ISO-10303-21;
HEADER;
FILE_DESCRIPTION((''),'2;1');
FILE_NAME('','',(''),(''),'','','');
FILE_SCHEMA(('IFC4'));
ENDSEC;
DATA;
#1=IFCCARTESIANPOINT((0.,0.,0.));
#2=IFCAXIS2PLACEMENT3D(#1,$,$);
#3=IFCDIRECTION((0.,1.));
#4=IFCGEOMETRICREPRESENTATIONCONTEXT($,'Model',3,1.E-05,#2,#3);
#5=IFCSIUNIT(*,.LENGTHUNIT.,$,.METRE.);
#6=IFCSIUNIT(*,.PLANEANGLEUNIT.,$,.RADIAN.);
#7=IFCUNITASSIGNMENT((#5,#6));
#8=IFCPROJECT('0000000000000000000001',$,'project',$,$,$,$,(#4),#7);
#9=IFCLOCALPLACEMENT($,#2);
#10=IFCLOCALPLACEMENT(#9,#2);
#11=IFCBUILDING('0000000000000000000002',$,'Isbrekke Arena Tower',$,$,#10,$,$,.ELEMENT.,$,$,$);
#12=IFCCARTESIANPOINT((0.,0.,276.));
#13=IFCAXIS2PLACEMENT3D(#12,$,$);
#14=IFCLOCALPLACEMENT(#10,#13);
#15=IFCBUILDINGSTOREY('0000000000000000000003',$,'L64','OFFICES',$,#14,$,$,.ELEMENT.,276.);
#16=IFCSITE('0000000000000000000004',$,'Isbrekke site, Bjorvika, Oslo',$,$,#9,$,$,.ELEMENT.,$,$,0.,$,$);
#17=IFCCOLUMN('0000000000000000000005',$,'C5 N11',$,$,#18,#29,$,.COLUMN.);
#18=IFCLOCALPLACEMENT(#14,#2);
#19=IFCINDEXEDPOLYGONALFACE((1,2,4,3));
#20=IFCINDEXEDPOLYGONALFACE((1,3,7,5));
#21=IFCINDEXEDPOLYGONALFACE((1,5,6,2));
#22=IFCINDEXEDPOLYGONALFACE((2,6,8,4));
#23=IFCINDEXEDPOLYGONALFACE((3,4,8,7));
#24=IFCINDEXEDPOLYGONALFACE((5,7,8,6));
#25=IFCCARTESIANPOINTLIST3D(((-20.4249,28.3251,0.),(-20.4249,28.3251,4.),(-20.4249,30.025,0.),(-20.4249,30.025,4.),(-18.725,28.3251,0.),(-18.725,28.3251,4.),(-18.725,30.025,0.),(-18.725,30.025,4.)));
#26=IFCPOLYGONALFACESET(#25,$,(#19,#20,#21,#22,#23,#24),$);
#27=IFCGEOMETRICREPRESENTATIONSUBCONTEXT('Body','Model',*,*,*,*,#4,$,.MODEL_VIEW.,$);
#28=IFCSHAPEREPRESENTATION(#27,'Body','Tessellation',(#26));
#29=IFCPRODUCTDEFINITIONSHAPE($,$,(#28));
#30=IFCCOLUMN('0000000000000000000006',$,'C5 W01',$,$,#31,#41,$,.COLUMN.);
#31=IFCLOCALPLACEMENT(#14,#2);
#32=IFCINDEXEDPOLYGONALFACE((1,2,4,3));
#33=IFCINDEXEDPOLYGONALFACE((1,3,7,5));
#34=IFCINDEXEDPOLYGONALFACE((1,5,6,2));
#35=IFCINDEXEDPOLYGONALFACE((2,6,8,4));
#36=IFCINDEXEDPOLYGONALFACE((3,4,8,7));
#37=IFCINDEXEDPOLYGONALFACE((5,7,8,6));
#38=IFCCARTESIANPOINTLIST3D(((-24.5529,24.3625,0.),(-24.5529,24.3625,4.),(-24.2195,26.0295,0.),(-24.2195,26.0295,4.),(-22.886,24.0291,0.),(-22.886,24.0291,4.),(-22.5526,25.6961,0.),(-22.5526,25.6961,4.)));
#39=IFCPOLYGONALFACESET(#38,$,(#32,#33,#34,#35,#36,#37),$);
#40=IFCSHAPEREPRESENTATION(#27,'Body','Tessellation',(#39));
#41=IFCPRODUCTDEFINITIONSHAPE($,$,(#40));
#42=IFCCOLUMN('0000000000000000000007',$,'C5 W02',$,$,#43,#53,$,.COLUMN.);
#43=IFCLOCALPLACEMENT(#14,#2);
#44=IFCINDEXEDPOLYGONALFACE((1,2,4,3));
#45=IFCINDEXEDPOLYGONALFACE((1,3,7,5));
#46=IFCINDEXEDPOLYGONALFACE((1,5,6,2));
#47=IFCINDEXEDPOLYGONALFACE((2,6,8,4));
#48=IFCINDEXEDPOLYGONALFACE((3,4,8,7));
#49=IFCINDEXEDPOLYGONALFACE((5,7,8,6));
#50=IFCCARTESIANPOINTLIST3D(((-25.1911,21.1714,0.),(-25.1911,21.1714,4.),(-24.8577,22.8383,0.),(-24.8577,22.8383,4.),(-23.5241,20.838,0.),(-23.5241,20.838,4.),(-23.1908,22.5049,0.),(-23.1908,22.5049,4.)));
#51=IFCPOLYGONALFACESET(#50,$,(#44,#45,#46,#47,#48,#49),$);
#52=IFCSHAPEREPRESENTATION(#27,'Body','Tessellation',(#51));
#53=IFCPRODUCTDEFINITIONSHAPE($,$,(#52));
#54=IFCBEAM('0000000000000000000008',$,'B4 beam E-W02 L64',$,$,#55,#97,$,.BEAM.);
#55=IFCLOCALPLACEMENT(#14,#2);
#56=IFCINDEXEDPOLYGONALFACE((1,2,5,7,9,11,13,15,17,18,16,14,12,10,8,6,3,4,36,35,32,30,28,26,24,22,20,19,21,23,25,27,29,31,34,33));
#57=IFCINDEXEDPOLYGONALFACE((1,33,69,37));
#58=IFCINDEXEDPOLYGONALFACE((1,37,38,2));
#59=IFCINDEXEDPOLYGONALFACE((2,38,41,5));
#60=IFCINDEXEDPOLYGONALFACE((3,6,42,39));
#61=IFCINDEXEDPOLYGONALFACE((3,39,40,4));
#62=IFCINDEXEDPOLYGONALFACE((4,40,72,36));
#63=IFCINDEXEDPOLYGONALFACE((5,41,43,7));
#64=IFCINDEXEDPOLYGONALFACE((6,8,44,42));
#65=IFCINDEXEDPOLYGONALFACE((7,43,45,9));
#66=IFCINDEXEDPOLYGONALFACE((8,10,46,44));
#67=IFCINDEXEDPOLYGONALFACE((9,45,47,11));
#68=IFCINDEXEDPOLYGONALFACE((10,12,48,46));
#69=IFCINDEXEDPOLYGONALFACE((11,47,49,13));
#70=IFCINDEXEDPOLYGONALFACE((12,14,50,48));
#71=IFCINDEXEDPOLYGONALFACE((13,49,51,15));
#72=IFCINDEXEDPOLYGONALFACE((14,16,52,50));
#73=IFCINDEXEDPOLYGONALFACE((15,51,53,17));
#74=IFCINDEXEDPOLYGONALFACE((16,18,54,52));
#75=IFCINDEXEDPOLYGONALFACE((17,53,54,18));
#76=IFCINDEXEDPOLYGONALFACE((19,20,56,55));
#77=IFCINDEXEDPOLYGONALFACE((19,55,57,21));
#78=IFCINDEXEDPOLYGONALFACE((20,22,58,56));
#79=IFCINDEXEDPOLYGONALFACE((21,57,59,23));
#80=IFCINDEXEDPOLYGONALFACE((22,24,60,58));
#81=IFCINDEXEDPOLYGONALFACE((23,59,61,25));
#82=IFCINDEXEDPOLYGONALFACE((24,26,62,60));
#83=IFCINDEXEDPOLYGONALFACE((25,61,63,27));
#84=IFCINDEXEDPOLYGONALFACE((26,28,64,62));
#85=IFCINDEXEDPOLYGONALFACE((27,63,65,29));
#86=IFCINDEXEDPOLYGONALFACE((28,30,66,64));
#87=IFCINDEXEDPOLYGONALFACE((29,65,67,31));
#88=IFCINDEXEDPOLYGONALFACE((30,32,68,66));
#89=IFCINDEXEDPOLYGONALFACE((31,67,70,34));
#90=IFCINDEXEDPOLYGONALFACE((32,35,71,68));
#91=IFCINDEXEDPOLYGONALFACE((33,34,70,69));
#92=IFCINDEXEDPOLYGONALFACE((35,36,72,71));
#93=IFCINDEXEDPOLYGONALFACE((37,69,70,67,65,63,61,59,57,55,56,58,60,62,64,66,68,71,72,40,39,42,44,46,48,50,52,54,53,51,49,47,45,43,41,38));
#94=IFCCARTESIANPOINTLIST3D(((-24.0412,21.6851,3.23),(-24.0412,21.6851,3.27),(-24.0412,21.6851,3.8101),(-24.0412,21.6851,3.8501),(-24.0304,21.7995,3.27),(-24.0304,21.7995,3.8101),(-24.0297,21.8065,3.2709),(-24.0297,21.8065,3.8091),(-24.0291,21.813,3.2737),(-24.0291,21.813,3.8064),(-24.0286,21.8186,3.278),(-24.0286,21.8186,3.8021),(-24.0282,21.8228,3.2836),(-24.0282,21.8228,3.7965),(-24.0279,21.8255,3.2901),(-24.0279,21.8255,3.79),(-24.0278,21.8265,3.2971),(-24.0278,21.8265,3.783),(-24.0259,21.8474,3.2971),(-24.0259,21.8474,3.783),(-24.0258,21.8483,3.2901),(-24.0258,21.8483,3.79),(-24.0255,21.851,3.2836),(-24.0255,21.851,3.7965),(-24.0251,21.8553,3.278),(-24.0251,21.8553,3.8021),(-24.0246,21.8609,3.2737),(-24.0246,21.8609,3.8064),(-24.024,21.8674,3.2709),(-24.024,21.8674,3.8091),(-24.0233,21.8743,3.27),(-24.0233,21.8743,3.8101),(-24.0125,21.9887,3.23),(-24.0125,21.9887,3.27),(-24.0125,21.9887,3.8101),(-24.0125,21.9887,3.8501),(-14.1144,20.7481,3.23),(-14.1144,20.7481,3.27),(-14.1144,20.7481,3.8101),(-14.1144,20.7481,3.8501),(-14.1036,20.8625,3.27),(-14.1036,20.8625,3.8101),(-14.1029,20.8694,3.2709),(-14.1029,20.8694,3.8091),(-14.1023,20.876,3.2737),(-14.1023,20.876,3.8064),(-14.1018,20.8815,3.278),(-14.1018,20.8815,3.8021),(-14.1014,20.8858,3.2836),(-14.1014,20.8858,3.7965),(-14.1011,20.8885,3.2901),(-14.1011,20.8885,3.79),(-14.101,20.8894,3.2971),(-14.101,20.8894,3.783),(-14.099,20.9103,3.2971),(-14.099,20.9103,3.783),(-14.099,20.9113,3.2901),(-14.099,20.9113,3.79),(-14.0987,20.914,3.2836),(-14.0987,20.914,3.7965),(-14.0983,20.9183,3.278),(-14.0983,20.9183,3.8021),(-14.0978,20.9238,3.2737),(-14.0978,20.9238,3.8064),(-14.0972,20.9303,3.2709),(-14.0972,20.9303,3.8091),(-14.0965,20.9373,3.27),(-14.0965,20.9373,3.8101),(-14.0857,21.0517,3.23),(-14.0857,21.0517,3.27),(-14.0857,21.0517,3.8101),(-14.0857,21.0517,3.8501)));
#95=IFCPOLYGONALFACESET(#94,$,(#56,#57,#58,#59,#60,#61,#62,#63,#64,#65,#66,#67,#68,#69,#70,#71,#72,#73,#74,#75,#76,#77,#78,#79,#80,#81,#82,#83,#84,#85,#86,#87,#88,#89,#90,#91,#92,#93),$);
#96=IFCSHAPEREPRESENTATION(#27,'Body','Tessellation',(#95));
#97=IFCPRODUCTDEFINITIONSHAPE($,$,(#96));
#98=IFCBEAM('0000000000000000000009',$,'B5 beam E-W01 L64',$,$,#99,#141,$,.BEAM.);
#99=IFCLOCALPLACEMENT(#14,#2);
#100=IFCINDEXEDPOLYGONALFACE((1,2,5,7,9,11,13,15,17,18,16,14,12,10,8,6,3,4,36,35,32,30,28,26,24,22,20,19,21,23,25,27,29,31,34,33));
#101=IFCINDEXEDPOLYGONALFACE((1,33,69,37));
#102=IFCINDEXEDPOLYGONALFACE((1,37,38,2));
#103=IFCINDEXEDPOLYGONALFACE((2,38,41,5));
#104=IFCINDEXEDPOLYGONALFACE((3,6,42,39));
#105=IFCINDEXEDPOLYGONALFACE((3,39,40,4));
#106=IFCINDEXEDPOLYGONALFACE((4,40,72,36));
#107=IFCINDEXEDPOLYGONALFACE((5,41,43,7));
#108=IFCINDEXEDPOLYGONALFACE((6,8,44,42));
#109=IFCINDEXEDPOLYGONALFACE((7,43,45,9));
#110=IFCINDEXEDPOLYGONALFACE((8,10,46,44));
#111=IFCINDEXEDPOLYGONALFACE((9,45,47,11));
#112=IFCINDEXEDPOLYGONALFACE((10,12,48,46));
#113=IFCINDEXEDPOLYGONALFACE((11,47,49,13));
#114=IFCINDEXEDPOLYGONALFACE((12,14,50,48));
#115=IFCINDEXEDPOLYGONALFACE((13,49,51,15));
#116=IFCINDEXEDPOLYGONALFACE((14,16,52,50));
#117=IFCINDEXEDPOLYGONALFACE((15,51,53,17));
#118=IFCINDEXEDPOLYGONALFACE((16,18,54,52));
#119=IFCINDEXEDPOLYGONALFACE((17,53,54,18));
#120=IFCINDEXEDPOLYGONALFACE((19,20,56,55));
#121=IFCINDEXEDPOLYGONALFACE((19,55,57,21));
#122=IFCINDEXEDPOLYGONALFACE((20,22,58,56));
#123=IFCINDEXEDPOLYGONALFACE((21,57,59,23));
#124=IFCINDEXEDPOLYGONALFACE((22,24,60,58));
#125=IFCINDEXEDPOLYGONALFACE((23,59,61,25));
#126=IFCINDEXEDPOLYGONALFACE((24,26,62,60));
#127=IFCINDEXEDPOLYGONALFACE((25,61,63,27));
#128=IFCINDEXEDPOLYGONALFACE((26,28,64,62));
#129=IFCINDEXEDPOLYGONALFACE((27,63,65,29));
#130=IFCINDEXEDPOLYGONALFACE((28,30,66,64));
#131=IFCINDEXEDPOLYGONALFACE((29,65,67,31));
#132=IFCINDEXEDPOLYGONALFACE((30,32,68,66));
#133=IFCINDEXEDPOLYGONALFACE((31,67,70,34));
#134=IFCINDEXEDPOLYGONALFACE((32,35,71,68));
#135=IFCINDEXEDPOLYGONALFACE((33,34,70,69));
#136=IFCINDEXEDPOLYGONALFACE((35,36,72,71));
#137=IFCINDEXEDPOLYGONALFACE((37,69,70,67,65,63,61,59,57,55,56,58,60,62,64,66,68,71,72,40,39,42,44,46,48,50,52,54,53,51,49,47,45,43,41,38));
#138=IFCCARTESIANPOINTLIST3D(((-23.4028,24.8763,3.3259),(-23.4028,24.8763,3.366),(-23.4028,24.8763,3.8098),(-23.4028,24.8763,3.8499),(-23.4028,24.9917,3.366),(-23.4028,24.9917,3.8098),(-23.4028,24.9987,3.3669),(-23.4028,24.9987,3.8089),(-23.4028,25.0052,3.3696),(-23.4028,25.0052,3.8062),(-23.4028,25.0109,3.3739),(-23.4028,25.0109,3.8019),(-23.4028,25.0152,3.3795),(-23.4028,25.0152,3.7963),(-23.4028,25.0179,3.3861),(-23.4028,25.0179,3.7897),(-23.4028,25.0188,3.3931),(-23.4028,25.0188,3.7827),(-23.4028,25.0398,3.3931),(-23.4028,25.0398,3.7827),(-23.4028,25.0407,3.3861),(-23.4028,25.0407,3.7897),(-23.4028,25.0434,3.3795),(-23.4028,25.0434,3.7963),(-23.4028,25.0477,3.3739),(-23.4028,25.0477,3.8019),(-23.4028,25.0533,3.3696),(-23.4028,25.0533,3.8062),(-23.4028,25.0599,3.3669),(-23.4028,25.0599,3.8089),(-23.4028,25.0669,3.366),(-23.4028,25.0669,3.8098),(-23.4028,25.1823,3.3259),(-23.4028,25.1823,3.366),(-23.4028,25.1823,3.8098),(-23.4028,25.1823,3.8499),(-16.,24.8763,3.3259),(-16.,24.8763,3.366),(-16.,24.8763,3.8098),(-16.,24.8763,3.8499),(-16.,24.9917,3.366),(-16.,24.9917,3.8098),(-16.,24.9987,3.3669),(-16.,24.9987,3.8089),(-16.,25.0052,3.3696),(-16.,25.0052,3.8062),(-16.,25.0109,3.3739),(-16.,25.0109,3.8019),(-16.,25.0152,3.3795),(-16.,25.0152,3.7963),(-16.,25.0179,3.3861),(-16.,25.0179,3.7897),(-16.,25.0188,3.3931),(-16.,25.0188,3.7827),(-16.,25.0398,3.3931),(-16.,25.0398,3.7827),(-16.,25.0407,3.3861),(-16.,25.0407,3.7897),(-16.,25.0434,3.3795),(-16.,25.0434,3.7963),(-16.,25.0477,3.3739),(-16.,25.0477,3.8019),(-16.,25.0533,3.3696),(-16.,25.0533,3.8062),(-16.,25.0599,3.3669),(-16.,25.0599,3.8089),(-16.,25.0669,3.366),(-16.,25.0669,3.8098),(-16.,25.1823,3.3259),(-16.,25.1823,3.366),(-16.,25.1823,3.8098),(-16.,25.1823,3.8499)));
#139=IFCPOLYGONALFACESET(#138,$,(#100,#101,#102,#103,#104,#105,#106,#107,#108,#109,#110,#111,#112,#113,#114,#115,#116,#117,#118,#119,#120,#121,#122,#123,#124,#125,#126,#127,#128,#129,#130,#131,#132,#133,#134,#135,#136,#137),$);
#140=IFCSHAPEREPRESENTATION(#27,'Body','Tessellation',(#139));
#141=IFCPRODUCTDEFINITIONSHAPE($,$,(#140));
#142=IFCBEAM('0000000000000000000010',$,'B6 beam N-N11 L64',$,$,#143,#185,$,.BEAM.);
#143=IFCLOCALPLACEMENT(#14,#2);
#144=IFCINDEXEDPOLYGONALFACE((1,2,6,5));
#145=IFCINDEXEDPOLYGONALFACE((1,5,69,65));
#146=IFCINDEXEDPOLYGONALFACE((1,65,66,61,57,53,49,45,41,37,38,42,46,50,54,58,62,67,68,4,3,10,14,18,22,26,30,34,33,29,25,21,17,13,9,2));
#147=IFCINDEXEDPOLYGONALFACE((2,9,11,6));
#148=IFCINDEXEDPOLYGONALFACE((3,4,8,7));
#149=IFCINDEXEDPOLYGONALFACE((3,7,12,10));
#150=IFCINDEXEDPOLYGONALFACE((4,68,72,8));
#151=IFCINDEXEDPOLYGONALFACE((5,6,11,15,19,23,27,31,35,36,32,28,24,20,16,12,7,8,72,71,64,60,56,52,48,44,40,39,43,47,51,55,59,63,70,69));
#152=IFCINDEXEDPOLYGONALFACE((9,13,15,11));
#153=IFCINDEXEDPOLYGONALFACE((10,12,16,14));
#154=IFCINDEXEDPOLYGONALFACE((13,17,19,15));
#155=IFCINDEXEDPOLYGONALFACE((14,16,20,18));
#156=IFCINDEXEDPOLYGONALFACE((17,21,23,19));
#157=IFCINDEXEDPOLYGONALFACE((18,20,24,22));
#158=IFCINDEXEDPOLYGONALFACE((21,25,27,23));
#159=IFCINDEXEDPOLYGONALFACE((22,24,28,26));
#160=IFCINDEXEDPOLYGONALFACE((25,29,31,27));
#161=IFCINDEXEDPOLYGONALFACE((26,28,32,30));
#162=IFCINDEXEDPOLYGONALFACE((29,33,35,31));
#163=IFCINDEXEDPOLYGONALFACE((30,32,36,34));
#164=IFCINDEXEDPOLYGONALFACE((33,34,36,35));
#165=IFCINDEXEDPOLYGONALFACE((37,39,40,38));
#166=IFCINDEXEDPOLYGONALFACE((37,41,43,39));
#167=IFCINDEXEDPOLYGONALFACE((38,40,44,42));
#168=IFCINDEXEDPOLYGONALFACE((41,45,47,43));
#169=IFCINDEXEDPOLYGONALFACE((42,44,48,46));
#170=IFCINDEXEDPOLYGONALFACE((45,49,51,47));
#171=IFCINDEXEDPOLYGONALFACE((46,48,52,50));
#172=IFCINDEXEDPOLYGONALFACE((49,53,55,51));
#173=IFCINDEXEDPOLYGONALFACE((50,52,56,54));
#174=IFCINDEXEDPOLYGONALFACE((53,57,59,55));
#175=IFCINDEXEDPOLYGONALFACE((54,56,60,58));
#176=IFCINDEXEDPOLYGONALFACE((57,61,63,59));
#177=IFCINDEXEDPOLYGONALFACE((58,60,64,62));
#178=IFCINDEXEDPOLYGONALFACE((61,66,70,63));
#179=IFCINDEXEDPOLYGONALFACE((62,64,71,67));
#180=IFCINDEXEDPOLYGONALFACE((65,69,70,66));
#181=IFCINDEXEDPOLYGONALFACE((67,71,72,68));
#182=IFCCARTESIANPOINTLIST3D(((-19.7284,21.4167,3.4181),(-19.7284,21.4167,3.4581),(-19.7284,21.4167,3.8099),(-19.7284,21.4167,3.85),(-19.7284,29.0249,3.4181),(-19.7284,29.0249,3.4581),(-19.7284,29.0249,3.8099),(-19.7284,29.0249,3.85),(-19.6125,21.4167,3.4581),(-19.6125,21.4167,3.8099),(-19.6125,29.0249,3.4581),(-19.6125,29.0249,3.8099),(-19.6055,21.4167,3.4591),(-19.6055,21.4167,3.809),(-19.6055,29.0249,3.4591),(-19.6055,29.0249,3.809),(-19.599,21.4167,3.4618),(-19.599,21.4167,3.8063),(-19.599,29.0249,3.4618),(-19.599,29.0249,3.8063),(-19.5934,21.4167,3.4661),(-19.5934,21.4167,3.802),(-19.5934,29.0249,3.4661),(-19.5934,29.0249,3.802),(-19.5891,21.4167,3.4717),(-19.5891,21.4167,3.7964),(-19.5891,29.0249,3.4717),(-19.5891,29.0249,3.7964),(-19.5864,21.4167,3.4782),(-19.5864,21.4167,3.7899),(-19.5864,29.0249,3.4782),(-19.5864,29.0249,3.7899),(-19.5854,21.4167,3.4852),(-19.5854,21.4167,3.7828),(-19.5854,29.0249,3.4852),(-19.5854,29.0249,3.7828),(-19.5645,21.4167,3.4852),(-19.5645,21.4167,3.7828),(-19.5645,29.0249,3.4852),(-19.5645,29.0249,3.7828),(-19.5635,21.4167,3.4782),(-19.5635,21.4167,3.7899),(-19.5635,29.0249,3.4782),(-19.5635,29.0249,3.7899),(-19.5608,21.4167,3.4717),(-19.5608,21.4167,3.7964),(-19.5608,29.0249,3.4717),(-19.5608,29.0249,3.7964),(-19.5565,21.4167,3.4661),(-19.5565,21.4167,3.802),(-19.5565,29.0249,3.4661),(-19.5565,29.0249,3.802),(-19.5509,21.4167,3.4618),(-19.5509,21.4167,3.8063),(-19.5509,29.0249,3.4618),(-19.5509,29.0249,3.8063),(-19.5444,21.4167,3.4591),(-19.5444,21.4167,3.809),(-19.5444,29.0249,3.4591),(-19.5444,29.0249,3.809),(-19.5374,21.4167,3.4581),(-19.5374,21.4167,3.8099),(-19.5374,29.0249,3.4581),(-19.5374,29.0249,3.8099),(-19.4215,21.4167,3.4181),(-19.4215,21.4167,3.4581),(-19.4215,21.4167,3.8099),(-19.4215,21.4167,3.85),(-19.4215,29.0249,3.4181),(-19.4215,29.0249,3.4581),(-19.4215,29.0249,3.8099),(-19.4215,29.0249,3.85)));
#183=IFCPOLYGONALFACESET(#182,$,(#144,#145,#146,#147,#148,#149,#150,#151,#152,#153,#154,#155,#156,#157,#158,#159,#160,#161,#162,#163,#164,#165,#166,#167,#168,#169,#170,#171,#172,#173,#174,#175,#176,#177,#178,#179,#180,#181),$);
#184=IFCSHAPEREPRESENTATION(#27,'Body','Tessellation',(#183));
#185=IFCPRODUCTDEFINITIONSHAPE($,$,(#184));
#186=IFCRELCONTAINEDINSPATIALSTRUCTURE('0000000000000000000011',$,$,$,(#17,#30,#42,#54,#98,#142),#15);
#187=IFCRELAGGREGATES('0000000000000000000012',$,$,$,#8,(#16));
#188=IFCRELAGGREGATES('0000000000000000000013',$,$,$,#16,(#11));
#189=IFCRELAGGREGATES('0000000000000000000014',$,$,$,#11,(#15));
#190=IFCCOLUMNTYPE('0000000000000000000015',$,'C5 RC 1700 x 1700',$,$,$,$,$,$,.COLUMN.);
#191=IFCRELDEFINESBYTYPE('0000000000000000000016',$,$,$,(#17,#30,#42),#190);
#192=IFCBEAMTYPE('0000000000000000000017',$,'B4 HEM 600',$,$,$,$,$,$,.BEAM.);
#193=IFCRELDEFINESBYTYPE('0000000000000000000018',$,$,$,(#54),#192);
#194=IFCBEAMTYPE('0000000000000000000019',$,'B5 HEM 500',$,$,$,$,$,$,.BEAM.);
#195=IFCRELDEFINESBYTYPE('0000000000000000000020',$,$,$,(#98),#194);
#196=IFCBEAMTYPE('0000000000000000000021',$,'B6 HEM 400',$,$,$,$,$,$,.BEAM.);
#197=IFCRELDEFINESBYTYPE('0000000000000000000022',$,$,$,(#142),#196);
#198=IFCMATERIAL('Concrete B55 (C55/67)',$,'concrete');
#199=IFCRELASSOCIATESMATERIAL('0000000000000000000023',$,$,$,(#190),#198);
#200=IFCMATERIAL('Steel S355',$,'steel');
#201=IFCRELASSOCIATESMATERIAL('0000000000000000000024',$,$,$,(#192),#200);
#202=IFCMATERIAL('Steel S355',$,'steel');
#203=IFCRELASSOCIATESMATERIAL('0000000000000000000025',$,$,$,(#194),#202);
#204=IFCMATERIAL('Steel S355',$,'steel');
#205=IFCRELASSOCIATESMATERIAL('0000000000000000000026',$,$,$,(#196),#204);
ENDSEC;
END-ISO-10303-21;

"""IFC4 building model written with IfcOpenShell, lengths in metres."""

from ifc_helpers import new_model, si_unit, direction, frame, origin, origin_2d, place, context, subcontext, project, spatial, rectangle, i_section, extrude, material, material_profile, profile_set, type_object, element, save


model = new_model("IFC4")

# Units and contexts
model_context = context("Model", 3, precision=1e-05, world=origin(), true_north=direction((0.0, 1.0)))
body_context = subcontext(model_context, "Body", "Model", "MODEL_VIEW")
ifc_project = project(units=[si_unit("LENGTHUNIT", "METRE"), si_unit("PLANEANGLEUNIT", "RADIAN")], contexts=[model_context])

# Site, building, storey
site_placement = place(None, origin())
site = spatial("IfcSite", under=ifc_project, at=site_placement, Name="Isbrekke site, Bjorvika, Oslo", CompositionType="ELEMENT", RefElevation=0.0)
building_placement = place(site_placement, origin())
building = spatial("IfcBuilding", under=site, at=building_placement, Name="Isbrekke Arena Tower", CompositionType="ELEMENT")
storey_placement = place(building_placement, frame((0.0, 0.0, 276.0)))
storey = spatial("IfcBuildingStorey", under=building, at=storey_placement, Name="L64", Description="OFFICES", CompositionType="ELEMENT", Elevation=276.0)

# Columns
ifc_material_1 = material(Name="Concrete B55 (C55/67)", Category="concrete")
ifc_material_profile_1 = material_profile(ifc_material_1, rectangle(XDim=1.7, YDim=1.7, at=origin_2d()), Name="RC 1700x1700")
ifc_profile_set_1 = profile_set([ifc_material_profile_1], Name="Concrete B55 (C55/67)")
column_type = type_object("IfcColumnType", Name="C5 RC 1700 x 1700", PredefinedType="COLUMN", material=ifc_profile_set_1)
for number, where, z_axis, x_axis, name in (
    (1, (-19.575, 29.175, 0.0), (0.0, 0.0, 1.0), (-1.0, 0.0, 0.0), "C5 N11"),
    (2, (-23.5527, 25.0293, 0.0), (0.0, 0.0, 1.0), (-0.196116, -0.980581, 0.0), "C5 W01"),
    (3, (-24.1909, 21.8381, 0.0), (0.0, 0.0, 1.0), (-0.196116, -0.980581, 0.0), "C5 W02"),
):
    element("IfcColumn", number, at=place(storey_placement, frame(where, z_axis=z_axis, x_axis=x_axis)), inside=storey, type_object=column_type, Name=name, PredefinedType="COLUMN", context=body_context, shape_type="SweptSolid", body=[
        extrude(rectangle(XDim=1.7, YDim=1.7, at=origin_2d()), origin(), (0.0, 0.0, 1.0), 4.0),
    ])

# Beams
ifc_material_2 = material(Name="Steel S355", Category="steel")
ifc_material_profile_2 = material_profile(ifc_material_2, i_section(OverallWidth=0.3049, OverallDepth=0.6201, WebThickness=0.021, FlangeThickness=0.04, FilletRadius=0.0271, at=origin_2d()), Name="HEM 600")
ifc_profile_set_2 = profile_set([ifc_material_profile_2], Name="Steel S355")
beam_type_1 = type_object("IfcBeamType", Name="B4 HEM 600", PredefinedType="BEAM", material=ifc_profile_set_2)
beam_1_placement = place(storey_placement, frame((-24.0269, 21.8369, 3.54), z_axis=(0.995575, -0.093975, 0.0), x_axis=(0.093975, 0.995575, 0.0)))
element("IfcBeam", 4, at=beam_1_placement, inside=storey, type_object=beam_type_1, Name="B4 beam E-W02 L64", PredefinedType="BEAM", context=body_context, shape_type="SweptSolid", body=[
    extrude(i_section(OverallWidth=0.3049, OverallDepth=0.6201, WebThickness=0.021, FlangeThickness=0.04, FilletRadius=0.0271, at=origin_2d()), origin(), (0.0, 0.0, 1.0), 9.9709),
])
ifc_material_3 = material(Name="Steel S355", Category="steel")
ifc_material_profile_3 = material_profile(ifc_material_3, i_section(OverallWidth=0.3059, OverallDepth=0.5239, WebThickness=0.021, FlangeThickness=0.04, FilletRadius=0.0271, at=origin_2d()), Name="HEM 500")
ifc_profile_set_3 = profile_set([ifc_material_profile_3], Name="Steel S355")
beam_type_2 = type_object("IfcBeamType", Name="B5 HEM 500", PredefinedType="BEAM", material=ifc_profile_set_3)
beam_2_placement = place(storey_placement, frame((-23.4028, 25.0293, 3.5879), z_axis=(1.0, 0.0, 0.0), x_axis=(0.0, 1.0, 0.0)))
element("IfcBeam", 5, at=beam_2_placement, inside=storey, type_object=beam_type_2, Name="B5 beam E-W01 L64", PredefinedType="BEAM", context=body_context, shape_type="SweptSolid", body=[
    extrude(i_section(OverallWidth=0.3059, OverallDepth=0.5239, WebThickness=0.021, FlangeThickness=0.04, FilletRadius=0.0271, at=origin_2d()), origin(), (0.0, 0.0, 1.0), 7.4028),
])
ifc_material_4 = material(Name="Steel S355", Category="steel")
ifc_material_profile_4 = material_profile(ifc_material_4, i_section(OverallWidth=0.3069, OverallDepth=0.4319, WebThickness=0.021, FlangeThickness=0.04, FilletRadius=0.0271, at=origin_2d()), Name="HEM 400")
ifc_profile_set_4 = profile_set([ifc_material_profile_4], Name="Steel S355")
beam_type_3 = type_object("IfcBeamType", Name="B6 HEM 400", PredefinedType="BEAM", material=ifc_profile_set_4)
beam_3_placement = place(storey_placement, frame((-19.575, 29.0249, 3.634), z_axis=(0.0, -1.0, 0.0), x_axis=(1.0, 0.0, 0.0)))
element("IfcBeam", 6, at=beam_3_placement, inside=storey, type_object=beam_type_3, Name="B6 beam N-N11 L64", PredefinedType="BEAM", context=body_context, shape_type="SweptSolid", body=[
    extrude(i_section(OverallWidth=0.3069, OverallDepth=0.4319, WebThickness=0.021, FlangeThickness=0.04, FilletRadius=0.0271, at=origin_2d()), origin(), (0.0, 0.0, 1.0), 7.6082),
])

save(model, "model.ifc")
